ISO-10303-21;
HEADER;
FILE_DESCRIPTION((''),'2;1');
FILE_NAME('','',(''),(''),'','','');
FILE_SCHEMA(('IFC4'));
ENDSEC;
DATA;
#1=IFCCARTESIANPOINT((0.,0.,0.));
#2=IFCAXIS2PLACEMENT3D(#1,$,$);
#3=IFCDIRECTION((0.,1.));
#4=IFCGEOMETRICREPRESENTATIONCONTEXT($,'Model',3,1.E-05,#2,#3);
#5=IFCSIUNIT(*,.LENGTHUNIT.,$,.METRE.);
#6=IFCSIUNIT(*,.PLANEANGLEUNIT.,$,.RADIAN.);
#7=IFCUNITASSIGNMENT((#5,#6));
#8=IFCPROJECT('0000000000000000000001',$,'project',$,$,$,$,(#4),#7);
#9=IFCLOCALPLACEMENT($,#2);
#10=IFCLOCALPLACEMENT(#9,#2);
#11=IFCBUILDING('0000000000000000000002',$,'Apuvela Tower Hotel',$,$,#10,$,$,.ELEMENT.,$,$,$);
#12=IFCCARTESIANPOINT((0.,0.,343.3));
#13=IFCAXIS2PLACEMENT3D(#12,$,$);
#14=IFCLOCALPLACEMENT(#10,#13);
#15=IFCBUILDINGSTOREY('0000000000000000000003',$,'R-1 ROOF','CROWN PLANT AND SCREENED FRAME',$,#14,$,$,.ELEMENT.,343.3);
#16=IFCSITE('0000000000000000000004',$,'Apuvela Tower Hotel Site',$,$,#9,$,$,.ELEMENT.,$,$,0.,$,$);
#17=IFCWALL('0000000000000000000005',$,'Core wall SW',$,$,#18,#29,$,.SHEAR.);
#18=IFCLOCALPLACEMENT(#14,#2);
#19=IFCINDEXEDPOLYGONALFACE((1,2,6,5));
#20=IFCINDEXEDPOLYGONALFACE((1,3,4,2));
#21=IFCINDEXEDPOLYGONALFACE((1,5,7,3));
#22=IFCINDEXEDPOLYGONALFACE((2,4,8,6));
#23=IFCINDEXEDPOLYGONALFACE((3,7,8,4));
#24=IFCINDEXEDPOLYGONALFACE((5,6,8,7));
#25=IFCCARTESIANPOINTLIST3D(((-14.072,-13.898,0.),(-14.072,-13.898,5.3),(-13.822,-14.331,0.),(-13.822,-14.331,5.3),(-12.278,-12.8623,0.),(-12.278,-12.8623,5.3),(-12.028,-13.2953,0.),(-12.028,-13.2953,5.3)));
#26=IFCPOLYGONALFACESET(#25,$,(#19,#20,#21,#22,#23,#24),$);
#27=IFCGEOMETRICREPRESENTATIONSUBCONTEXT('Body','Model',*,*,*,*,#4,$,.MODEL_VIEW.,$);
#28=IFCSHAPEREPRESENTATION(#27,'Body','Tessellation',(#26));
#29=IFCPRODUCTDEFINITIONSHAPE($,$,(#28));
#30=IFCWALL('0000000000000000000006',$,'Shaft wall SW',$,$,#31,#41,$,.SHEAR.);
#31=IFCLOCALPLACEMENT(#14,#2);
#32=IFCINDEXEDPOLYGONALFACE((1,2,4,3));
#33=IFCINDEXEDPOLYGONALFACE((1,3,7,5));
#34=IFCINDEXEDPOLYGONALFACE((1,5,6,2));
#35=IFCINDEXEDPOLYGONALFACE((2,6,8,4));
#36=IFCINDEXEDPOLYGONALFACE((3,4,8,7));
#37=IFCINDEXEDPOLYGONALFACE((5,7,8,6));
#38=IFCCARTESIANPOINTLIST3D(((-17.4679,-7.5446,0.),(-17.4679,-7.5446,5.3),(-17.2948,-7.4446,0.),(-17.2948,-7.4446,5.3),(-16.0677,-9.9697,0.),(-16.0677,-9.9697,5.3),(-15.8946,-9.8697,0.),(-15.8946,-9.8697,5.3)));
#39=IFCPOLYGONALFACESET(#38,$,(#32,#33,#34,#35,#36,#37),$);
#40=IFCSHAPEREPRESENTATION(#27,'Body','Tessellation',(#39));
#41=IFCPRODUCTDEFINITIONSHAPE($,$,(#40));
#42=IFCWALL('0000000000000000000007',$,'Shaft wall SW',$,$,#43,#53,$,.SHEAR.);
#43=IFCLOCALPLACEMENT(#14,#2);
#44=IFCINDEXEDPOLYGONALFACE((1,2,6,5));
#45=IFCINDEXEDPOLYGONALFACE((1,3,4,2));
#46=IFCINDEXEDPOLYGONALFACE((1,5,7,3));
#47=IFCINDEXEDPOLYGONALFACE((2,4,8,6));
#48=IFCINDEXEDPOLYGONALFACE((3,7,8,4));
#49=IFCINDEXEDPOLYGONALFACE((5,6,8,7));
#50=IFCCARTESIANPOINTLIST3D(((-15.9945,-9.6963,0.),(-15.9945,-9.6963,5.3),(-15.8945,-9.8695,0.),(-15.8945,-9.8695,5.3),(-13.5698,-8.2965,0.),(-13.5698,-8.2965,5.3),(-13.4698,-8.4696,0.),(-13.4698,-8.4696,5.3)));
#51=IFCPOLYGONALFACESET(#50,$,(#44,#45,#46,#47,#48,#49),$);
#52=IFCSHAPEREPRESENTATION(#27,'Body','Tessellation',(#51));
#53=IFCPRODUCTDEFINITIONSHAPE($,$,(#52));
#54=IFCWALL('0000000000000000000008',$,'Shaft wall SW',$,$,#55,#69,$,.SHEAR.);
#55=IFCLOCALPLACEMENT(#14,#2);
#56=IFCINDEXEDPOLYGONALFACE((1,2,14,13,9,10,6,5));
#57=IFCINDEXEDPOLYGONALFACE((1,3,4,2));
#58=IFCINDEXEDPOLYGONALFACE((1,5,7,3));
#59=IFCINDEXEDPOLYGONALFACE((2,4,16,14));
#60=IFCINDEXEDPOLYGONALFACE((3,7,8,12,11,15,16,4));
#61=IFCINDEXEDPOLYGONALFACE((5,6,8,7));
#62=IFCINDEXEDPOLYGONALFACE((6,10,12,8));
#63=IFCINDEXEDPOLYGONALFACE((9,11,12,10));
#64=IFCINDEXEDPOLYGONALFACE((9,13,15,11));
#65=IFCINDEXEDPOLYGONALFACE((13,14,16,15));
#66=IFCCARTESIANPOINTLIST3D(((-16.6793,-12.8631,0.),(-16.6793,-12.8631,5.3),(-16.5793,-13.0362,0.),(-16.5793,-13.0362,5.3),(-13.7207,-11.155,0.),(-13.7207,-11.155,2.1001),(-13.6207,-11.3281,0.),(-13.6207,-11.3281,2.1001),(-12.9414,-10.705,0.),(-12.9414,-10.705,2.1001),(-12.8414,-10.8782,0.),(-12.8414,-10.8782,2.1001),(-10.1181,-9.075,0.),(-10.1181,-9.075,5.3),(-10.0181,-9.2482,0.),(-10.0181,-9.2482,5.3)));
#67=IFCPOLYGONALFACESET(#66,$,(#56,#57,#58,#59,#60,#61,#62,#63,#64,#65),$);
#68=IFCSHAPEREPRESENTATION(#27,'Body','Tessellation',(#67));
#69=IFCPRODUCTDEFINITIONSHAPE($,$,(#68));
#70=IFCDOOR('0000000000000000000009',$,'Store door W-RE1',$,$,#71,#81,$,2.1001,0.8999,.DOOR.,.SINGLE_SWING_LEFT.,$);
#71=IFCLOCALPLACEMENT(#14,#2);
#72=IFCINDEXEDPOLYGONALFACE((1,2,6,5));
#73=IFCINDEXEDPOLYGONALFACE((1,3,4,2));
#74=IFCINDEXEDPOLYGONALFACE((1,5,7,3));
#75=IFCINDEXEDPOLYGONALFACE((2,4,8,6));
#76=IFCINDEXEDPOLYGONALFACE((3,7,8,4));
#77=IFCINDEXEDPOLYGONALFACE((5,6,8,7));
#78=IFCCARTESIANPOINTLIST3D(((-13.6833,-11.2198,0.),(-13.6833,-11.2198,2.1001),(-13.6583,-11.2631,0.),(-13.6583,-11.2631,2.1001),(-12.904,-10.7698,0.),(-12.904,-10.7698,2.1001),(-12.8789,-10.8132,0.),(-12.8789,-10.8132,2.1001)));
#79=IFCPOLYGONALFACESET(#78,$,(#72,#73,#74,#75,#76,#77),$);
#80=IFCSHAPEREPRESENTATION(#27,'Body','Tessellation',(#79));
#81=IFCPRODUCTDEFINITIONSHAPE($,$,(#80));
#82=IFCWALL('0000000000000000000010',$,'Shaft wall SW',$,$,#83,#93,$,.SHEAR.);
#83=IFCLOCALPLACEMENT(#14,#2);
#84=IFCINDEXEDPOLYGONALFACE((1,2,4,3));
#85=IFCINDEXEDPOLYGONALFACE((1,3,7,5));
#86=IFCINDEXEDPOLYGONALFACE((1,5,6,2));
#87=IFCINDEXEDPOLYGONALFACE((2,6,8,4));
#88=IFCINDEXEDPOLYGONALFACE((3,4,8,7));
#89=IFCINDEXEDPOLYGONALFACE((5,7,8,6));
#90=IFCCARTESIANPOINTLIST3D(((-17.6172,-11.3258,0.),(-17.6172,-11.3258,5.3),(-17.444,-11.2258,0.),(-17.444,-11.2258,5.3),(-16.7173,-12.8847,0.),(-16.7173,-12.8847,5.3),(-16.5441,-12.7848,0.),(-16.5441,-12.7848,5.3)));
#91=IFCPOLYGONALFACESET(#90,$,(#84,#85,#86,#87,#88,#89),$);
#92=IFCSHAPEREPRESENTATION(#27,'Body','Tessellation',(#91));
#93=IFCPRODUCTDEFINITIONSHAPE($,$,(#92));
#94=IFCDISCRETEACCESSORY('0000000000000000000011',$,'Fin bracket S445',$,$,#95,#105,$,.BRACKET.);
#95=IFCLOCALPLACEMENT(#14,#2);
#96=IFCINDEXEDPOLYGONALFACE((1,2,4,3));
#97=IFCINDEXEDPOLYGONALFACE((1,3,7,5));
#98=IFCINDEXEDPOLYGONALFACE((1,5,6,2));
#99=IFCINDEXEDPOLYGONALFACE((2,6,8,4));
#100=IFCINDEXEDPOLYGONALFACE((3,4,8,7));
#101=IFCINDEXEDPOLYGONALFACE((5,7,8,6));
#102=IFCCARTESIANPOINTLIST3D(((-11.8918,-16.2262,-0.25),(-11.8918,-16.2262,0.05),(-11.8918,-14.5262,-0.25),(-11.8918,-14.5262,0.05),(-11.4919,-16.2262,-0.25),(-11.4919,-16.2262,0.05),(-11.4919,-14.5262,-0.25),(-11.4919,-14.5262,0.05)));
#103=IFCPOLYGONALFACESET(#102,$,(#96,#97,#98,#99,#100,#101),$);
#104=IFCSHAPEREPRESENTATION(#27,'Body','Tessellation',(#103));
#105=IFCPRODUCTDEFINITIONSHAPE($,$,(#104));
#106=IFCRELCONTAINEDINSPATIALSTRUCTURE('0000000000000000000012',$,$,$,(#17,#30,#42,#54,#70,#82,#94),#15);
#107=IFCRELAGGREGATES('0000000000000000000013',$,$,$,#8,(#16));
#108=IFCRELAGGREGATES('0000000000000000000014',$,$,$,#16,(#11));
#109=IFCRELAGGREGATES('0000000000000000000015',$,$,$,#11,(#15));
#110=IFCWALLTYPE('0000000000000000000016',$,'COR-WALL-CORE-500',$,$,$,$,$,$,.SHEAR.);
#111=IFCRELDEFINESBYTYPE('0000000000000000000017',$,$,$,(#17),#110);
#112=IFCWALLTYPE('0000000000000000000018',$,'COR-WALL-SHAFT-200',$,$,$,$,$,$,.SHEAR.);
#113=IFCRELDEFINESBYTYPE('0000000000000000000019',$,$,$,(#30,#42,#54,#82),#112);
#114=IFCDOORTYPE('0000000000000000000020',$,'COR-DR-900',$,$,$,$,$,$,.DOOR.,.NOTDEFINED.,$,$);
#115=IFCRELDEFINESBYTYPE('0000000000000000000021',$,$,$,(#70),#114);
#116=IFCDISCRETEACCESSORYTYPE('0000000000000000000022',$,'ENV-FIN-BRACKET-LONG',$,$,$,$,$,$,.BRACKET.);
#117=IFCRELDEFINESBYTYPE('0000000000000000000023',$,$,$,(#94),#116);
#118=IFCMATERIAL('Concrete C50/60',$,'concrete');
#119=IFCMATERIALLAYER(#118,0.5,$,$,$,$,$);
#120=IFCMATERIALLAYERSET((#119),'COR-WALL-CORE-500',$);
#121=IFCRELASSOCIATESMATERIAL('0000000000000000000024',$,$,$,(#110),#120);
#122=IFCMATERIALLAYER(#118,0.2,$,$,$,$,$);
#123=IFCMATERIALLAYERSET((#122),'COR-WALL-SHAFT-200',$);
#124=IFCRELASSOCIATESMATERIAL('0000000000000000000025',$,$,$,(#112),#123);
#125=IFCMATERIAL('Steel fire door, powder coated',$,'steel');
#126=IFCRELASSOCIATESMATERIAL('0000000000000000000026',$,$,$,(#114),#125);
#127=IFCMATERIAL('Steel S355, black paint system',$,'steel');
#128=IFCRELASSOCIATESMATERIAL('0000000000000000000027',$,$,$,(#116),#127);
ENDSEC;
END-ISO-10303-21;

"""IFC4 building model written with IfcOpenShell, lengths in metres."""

from ifc_helpers import new_model, si_unit, direction, frame, frame_2d, origin, origin_2d, place, context, subcontext, project, spatial, rectangle, extrude, material, layer, layer_set, type_object, element, fill, save


model = new_model("IFC4")

# Units and contexts
model_context = context("Model", 3, precision=1e-05, world=origin(), true_north=direction((0.0, 1.0)))
body_context = subcontext(model_context, "Body", "Model", "MODEL_VIEW")
ifc_project = project(units=[si_unit("LENGTHUNIT", "METRE"), si_unit("PLANEANGLEUNIT", "RADIAN")], contexts=[model_context])

# Site, building, storey
site_placement = place(None, origin())
site = spatial("IfcSite", under=ifc_project, at=site_placement, Name="Apuvela Tower Hotel Site", CompositionType="ELEMENT", RefElevation=0.0)
building_placement = place(site_placement, origin())
building = spatial("IfcBuilding", under=site, at=building_placement, Name="Apuvela Tower Hotel", CompositionType="ELEMENT")
storey_placement = place(building_placement, frame((0.0, 0.0, 343.3)))
storey = spatial("IfcBuildingStorey", under=building, at=storey_placement, Name="R-1 ROOF", Description="CROWN PLANT AND SCREENED FRAME", CompositionType="ELEMENT", Elevation=343.3)

# Walls
ifc_material_1 = material(Name="Concrete C50/60", Category="concrete")
ifc_layer_1 = layer(ifc_material_1, 0.5)
ifc_layer_set_1 = layer_set([ifc_layer_1], Name="COR-WALL-CORE-500")
wall_type_1 = type_object("IfcWallType", Name="COR-WALL-CORE-500", PredefinedType="SHEAR", material=ifc_layer_set_1)
wall_1_placement = place(storey_placement, frame((-12.1531, -13.0789, 0.0), z_axis=(0.0, 0.0, 1.0), x_axis=(-0.866044, -0.499967, 0.0)))
element("IfcWall", 1, at=wall_1_placement, inside=storey, type_object=wall_type_1, Name="Core wall SW", PredefinedType="SHEAR", context=body_context, shape_type="SweptSolid", body=[
    extrude(rectangle(XDim=2.0715, YDim=0.5, at=frame_2d((1.0356, 0.0))), origin(), (0.0, 0.0, 1.0), 5.3),
])
ifc_layer_2 = layer(ifc_material_1, 0.2)
ifc_layer_set_2 = layer_set([ifc_layer_2], Name="COR-WALL-SHAFT-200")
wall_type_2 = type_object("IfcWallType", Name="COR-WALL-SHAFT-200", PredefinedType="SHEAR", material=ifc_layer_set_2)
wall_2_placement = place(storey_placement, frame((-17.3813, -7.4946, 0.0), z_axis=(0.0, 0.0, 1.0), x_axis=(0.500012, -0.866019, 0.0)))
element("IfcWall", 2, at=wall_2_placement, inside=storey, type_object=wall_type_2, Name="Shaft wall SW", PredefinedType="SHEAR", context=body_context, shape_type="SweptSolid", body=[
    extrude(rectangle(XDim=2.8003, YDim=0.2, at=frame_2d((1.4001, 0.0))), origin(), (0.0, 0.0, 1.0), 5.3),
])
wall_3_placement = place(storey_placement, frame((-13.5198, -8.3831, 0.0), z_axis=(0.0, 0.0, 1.0), x_axis=(-0.866035, -0.499984, 0.0)))
element("IfcWall", 3, at=wall_3_placement, inside=storey, type_object=wall_type_2, Name="Shaft wall SW", PredefinedType="SHEAR", context=body_context, shape_type="SweptSolid", body=[
    extrude(rectangle(XDim=2.7998, YDim=0.2, at=frame_2d((1.3999, 0.0))), origin(), (0.0, 0.0, 1.0), 5.3),
])

# Wall, opening, door
wall_4_placement = place(storey_placement, frame((-10.0681, -9.1616, 0.0), z_axis=(0.0, 0.0, 1.0), x_axis=(-0.866029, -0.499993, 0.0)))
wall_4 = element("IfcWall", 4, at=wall_4_placement, inside=storey, type_object=wall_type_2, Name="Shaft wall SW", PredefinedType="SHEAR", context=body_context, shape_type="SweptSolid", body=[
    extrude(rectangle(XDim=7.5762, YDim=0.2, at=frame_2d((3.7881, 0.0))), origin(), (0.0, 0.0, 1.0), 5.3),
])
opening_placement = place(wall_4_placement, frame((3.26, 0.0, 0.0)))
opening = element("IfcOpeningElement", 5, at=opening_placement, cuts=wall_4, PredefinedType="OPENING", context=body_context, shape_type="SweptSolid", body=[
    extrude(rectangle(XDim=0.8999, YDim=2.1001, at=frame_2d((0.45, 1.05))), frame((0.0, 0.1099, 0.0), z_axis=(0.0, -1.0, 0.0), x_axis=(1.0, 0.0, 0.0)), (0.0, 0.0, 1.0), 0.22),
])
ifc_material_2 = material(Name="Steel fire door, powder coated", Category="steel")
door_type = type_object("IfcDoorType", Name="COR-DR-900", OperationType="NOTDEFINED", PredefinedType="DOOR", material=ifc_material_2)
door_placement = place(opening_placement, origin())
door = element("IfcDoor", 6, at=door_placement, inside=storey, type_object=door_type, Name="Store door W-RE1", OperationType="SINGLE_SWING_LEFT", OverallHeight=2.1001, OverallWidth=0.8999, PredefinedType="DOOR", context=body_context, shape_type="SweptSolid", body=[
    extrude(rectangle(XDim=0.8999, YDim=2.1001, at=frame_2d((0.45, 1.05))), frame((0.0, 0.0249, 0.0), z_axis=(0.0, -1.0, 0.0), x_axis=(1.0, 0.0, 0.0)), (0.0, 0.0, 1.0), 0.05),
])
fill(opening, door)

# Wall
wall_5_placement = place(storey_placement, frame((-17.5305, -11.2759, 0.0), z_axis=(0.0, 0.0, 1.0), x_axis=(0.499902, -0.866082, 0.0)))
element("IfcWall", 7, at=wall_5_placement, inside=storey, type_object=wall_type_2, Name="Shaft wall SW", PredefinedType="SHEAR", context=body_context, shape_type="SweptSolid", body=[
    extrude(rectangle(XDim=1.8, YDim=0.2, at=frame_2d((0.8999, 0.0))), origin(), (0.0, 0.0, 1.0), 5.3),
])

# Discrete accessory
ifc_material_3 = material(Name="Steel S355, black paint system", Category="steel")
discrete_accessory_type = type_object("IfcDiscreteAccessoryType", Name="ENV-FIN-BRACKET-LONG", PredefinedType="BRACKET", material=ifc_material_3)
discrete_accessory_placement = place(storey_placement, frame((-11.6919, -15.3762, -0.25), z_axis=(0.0, 0.0, 1.0), x_axis=(1.0, 0.0, 0.0)))
element("IfcDiscreteAccessory", 8, at=discrete_accessory_placement, inside=storey, type_object=discrete_accessory_type, Name="Fin bracket S445", PredefinedType="BRACKET", context=body_context, shape_type="SweptSolid", body=[
    extrude(rectangle(XDim=0.3999, YDim=1.7, at=origin_2d()), origin(), (0.0, 0.0, 1.0), 0.3),
])

save(model, "model.ifc")
